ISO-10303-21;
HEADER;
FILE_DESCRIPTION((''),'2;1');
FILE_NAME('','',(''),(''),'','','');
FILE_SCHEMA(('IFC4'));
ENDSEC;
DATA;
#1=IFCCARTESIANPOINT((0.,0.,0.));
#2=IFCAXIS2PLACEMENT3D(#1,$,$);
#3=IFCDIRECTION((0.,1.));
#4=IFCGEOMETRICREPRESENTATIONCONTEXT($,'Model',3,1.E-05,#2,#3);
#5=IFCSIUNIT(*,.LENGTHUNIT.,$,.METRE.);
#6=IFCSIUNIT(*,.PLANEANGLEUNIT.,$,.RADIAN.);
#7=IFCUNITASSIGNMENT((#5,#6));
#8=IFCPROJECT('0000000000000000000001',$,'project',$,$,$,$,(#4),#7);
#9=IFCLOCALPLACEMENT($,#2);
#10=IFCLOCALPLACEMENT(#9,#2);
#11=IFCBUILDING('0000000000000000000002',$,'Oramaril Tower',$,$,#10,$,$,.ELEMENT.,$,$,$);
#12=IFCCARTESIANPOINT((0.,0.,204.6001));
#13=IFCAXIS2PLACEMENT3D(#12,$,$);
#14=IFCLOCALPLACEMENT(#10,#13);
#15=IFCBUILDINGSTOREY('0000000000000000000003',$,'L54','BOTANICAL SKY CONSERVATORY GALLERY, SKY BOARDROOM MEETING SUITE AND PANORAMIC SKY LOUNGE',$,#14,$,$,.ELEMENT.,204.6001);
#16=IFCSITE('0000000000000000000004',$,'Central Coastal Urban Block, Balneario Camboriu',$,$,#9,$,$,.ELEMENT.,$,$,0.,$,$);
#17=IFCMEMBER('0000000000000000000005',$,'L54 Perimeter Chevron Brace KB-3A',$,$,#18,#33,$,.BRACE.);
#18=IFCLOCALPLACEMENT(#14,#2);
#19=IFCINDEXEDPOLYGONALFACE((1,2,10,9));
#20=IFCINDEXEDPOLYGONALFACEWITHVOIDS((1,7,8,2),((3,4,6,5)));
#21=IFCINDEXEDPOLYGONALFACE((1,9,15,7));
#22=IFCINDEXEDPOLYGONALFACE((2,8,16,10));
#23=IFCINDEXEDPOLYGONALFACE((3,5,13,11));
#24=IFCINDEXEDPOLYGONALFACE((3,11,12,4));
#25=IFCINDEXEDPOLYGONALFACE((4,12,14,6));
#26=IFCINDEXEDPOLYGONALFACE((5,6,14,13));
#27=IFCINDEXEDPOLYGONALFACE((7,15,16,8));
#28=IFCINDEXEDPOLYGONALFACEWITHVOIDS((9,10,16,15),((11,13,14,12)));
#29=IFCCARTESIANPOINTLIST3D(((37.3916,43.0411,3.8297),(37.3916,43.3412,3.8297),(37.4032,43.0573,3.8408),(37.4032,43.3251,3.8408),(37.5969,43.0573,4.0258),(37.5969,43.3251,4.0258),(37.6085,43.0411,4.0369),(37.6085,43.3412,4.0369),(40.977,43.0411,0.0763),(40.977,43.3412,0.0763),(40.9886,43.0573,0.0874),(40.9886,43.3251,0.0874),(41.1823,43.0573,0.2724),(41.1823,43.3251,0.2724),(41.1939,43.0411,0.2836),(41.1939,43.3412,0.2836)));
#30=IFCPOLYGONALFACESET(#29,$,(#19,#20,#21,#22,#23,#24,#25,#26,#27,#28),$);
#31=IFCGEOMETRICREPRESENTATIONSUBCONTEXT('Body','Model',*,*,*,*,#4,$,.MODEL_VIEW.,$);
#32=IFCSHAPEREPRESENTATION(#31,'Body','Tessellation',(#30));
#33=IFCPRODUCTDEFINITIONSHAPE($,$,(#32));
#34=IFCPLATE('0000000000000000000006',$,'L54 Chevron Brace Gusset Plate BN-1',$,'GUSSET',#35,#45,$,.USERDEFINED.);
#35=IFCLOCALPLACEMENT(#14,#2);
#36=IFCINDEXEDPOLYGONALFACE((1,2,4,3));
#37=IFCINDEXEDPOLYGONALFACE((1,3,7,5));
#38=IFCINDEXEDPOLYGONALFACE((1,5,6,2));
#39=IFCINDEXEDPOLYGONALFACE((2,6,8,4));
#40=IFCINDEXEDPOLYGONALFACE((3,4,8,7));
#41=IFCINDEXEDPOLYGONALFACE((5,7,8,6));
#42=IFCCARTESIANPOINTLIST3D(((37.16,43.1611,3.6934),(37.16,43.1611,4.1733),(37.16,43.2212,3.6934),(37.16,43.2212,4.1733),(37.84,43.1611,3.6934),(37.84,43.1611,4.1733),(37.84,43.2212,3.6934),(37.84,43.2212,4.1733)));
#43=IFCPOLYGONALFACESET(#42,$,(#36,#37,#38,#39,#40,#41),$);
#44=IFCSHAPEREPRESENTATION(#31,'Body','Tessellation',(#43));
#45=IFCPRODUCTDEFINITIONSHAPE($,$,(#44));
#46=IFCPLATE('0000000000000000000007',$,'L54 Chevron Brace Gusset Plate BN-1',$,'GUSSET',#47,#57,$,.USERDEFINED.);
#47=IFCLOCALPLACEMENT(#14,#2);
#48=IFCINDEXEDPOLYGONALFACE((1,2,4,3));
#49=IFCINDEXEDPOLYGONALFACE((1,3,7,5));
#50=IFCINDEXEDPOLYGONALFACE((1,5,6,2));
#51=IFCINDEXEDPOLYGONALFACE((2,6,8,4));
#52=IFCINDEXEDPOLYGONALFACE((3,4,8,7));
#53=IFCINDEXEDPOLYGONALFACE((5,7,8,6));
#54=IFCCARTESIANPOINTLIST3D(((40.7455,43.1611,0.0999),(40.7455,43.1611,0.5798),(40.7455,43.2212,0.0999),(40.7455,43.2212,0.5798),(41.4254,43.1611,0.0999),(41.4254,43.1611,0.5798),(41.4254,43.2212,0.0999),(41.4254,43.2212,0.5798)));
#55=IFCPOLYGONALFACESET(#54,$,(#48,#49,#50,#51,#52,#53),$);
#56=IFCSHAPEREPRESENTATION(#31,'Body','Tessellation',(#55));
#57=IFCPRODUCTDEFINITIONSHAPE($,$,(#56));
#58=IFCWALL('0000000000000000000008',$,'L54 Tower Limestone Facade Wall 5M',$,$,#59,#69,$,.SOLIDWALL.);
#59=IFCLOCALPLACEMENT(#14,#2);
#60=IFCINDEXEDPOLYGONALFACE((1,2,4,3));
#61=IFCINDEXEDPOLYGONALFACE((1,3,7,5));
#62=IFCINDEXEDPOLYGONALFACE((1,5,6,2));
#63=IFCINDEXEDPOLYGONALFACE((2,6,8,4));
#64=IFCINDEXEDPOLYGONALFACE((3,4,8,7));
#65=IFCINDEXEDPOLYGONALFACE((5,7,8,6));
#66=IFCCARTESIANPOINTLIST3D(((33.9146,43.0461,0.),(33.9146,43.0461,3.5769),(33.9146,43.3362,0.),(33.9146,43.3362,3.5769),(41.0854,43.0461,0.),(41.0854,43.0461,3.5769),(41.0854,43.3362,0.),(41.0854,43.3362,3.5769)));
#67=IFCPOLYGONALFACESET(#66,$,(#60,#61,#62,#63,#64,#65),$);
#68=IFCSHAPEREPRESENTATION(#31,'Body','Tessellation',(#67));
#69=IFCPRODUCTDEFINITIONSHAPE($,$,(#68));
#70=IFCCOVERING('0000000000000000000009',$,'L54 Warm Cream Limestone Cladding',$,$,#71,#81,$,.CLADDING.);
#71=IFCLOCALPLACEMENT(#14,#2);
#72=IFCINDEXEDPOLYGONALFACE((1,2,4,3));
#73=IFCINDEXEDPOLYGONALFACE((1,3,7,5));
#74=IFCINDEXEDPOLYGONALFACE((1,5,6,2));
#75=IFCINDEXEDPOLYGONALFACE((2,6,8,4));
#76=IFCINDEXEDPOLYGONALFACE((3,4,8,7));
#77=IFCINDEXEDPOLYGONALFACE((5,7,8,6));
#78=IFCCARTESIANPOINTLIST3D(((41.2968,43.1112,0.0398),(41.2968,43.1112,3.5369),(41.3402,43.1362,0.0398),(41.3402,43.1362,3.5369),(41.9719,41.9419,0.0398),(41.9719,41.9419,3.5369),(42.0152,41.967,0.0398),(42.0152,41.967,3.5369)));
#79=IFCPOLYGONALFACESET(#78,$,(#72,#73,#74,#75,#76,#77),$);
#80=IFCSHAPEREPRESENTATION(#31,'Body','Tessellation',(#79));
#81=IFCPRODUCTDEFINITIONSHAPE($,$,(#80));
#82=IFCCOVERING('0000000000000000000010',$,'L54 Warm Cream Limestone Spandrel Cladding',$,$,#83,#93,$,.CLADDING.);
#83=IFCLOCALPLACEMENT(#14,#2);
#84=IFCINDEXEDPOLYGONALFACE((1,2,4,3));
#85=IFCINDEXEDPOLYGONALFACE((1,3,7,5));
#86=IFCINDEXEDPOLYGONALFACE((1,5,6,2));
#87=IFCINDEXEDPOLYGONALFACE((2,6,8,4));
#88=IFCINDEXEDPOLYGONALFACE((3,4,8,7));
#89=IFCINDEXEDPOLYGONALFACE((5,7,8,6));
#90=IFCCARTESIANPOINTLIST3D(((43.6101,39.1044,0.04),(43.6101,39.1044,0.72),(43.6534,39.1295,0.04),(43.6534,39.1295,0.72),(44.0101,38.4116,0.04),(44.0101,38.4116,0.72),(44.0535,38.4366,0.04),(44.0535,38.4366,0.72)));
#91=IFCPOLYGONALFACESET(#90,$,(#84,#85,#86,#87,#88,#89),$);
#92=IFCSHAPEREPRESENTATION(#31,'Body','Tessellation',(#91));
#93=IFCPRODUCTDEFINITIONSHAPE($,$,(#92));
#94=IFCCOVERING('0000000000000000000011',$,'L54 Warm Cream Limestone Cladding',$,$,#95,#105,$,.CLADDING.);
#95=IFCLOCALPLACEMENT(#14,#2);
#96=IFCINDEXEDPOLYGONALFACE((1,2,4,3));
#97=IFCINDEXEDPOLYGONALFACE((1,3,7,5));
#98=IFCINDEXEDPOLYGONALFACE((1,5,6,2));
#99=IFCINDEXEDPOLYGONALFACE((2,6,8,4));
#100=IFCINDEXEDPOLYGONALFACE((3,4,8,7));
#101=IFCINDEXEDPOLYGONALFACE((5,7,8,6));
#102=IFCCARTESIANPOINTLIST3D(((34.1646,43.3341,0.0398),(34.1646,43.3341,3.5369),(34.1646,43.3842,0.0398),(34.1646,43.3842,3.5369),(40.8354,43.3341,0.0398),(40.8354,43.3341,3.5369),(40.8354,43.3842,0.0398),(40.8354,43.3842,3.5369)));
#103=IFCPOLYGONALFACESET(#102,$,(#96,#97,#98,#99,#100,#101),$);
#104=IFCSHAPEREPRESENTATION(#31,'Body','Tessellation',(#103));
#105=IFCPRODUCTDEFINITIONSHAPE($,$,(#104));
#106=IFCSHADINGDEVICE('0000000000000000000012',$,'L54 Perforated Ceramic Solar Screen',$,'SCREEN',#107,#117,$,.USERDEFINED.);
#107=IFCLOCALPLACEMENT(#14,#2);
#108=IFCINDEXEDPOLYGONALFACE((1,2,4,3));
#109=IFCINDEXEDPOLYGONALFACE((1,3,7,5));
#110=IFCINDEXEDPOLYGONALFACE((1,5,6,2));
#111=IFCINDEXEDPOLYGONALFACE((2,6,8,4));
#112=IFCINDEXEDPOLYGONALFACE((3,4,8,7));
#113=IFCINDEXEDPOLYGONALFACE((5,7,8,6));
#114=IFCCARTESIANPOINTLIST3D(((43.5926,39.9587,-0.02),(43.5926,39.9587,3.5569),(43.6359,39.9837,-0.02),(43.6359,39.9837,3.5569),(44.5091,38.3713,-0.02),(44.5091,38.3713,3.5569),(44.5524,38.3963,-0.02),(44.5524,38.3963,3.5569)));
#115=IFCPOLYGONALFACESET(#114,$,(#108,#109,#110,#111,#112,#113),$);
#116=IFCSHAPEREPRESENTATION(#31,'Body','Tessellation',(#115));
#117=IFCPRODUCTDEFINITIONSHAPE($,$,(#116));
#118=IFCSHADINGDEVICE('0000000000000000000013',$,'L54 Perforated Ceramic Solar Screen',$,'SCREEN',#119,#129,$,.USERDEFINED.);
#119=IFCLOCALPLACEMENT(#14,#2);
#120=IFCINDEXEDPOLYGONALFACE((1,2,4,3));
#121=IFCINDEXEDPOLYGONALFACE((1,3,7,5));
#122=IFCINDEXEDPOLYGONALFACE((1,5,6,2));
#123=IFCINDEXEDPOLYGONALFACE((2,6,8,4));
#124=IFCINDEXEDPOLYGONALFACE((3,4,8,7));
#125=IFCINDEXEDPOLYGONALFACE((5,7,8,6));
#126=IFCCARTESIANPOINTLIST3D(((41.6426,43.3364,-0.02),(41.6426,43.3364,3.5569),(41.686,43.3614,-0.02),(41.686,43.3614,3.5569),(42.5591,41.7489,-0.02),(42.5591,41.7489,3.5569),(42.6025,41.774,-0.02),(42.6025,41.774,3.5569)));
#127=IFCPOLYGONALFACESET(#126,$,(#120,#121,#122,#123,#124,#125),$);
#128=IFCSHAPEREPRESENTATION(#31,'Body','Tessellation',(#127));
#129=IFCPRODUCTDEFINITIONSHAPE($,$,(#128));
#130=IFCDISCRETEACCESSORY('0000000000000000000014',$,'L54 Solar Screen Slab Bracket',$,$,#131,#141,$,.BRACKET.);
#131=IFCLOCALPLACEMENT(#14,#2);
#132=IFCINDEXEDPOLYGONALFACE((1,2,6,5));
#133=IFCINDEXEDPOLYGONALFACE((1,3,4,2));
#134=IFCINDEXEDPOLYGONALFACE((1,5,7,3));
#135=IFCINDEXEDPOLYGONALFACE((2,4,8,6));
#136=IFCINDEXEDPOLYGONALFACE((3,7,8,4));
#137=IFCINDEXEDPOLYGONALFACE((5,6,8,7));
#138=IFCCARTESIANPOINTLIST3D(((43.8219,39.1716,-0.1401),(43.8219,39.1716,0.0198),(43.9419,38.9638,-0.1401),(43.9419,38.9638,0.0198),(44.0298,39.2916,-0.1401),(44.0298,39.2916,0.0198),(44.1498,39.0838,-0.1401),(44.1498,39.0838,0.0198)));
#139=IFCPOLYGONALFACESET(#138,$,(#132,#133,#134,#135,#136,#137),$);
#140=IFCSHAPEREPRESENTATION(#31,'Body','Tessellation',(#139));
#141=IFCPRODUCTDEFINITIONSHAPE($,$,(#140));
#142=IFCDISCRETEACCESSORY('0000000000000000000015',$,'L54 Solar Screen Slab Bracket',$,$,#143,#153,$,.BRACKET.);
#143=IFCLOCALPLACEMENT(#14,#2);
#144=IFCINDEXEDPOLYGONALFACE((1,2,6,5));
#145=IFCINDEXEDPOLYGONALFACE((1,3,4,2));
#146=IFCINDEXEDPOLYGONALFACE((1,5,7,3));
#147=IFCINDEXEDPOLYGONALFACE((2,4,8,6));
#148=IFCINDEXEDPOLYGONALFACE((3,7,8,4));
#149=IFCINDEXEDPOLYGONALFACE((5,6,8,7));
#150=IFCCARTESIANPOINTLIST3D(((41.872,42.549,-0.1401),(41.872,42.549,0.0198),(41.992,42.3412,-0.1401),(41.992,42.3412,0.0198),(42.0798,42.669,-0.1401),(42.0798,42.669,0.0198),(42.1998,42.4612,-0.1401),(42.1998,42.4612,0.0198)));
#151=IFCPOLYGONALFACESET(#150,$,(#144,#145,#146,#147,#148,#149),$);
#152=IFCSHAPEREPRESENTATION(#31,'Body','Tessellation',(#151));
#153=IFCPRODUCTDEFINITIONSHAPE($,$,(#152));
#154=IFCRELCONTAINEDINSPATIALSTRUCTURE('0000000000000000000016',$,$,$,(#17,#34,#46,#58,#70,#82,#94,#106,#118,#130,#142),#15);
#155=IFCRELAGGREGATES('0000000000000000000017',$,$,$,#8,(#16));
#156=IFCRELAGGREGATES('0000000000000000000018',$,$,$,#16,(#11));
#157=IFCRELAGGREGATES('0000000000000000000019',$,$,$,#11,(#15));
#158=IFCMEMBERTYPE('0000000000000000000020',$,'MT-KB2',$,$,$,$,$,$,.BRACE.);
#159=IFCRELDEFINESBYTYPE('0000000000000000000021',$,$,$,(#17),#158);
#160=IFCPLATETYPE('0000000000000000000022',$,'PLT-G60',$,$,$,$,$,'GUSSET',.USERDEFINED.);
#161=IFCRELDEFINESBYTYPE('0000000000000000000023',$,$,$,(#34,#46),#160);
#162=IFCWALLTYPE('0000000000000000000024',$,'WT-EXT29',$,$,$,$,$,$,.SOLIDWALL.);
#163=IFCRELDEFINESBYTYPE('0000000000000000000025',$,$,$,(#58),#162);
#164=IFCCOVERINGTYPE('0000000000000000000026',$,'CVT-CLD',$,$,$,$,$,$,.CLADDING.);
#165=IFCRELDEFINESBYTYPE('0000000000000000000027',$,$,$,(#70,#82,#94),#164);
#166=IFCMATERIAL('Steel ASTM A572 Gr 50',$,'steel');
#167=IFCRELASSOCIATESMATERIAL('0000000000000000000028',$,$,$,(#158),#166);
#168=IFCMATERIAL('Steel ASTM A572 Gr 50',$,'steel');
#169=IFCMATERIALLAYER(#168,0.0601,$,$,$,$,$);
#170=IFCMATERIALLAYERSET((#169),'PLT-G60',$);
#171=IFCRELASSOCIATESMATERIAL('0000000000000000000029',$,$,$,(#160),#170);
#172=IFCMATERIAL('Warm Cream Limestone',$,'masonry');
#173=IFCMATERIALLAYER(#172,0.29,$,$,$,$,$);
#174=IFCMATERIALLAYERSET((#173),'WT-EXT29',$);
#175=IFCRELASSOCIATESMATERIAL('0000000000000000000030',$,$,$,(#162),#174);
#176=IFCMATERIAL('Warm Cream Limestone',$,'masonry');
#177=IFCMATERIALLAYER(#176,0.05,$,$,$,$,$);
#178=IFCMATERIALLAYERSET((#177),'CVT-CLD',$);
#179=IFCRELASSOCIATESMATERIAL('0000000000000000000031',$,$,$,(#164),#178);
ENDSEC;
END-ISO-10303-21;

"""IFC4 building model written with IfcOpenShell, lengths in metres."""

from ifc_helpers import new_model, si_unit, direction, frame, frame_2d, origin, origin_2d, place, context, subcontext, project, spatial, rectangle, hollow_rectangle, extrude, material, layer, layer_set, material_profile, profile_set, type_object, element, save


model = new_model("IFC4")

# Units and contexts
model_context = context("Model", 3, precision=1e-05, world=origin(), true_north=direction((0.0, 1.0)))
body_context = subcontext(model_context, "Body", "Model", "MODEL_VIEW")
ifc_project = project(units=[si_unit("LENGTHUNIT", "METRE"), si_unit("PLANEANGLEUNIT", "RADIAN")], contexts=[model_context])

# Site, building, storey
site_placement = place(None, origin())
site = spatial("IfcSite", under=ifc_project, at=site_placement, Name="Central Coastal Urban Block, Balneario Camboriu", CompositionType="ELEMENT", RefElevation=0.0)
building_placement = place(site_placement, origin())
building = spatial("IfcBuilding", under=site, at=building_placement, Name="Oramaril Tower", CompositionType="ELEMENT")
storey_placement = place(building_placement, frame((0.0, 0.0, 204.6001)))
storey = spatial("IfcBuildingStorey", under=building, at=storey_placement, Name="L54", Description="BOTANICAL SKY CONSERVATORY GALLERY, SKY BOARDROOM MEETING SUITE AND PANORAMIC SKY LOUNGE", CompositionType="ELEMENT", Elevation=204.6001)

# Member
ifc_material_1 = material(Name="Steel ASTM A572 Gr 50", Category="steel")
ifc_material_profile_1 = material_profile(ifc_material_1, hollow_rectangle(XDim=0.3, YDim=0.3, WallThickness=0.0161, at=origin_2d()), Name="HSS300X300X16")
ifc_profile_set_1 = profile_set([ifc_material_profile_1], Name="Steel ASTM A572 Gr 50")
member_type = type_object("IfcMemberType", Name="MT-KB2", PredefinedType="BRACE", material=ifc_profile_set_1)
member_placement = place(storey_placement, frame((41.0854, 43.1912, 0.1799), z_axis=(-0.690742, 0.0, 0.723101), x_axis=(0.0, -1.0, 0.0)))
element("IfcMember", 1, at=member_placement, inside=storey, type_object=member_type, Name="L54 Perimeter Chevron Brace KB-3A", PredefinedType="BRACE", context=body_context, shape_type="SweptSolid", body=[
    extrude(hollow_rectangle(XDim=0.3, YDim=0.3, WallThickness=0.0161, at=origin_2d()), origin(), (0.0, 0.0, 1.0), 5.1907),
])

# Plates
ifc_material_2 = material(Name="Steel ASTM A572 Gr 50", Category="steel")
ifc_layer_1 = layer(ifc_material_2, 0.0601)
ifc_layer_set_1 = layer_set([ifc_layer_1], Name="PLT-G60")
plate_type = type_object("IfcPlateType", Name="PLT-G60", ElementType="GUSSET", PredefinedType="USERDEFINED", material=ifc_layer_set_1)
for number, where, z_axis, x_axis, name in (
    (2, (37.5, 43.1912, 3.6934), (0.0, 0.0, 1.0), (-1.0, 0.0, 0.0), "L54 Chevron Brace Gusset Plate BN-1"),
    (3, (41.0854, 43.1912, 0.0999), (0.0, 0.0, 1.0), (-1.0, 0.0, 0.0), "L54 Chevron Brace Gusset Plate BN-1"),
):
    element("IfcPlate", number, at=place(storey_placement, frame(where, z_axis=z_axis, x_axis=x_axis)), inside=storey, type_object=plate_type, Name=name, ObjectType="GUSSET", PredefinedType="USERDEFINED", context=body_context, shape_type="SweptSolid", body=[
        extrude(rectangle(XDim=0.6799, YDim=0.0601, at=origin_2d()), origin(), (0.0, 0.0, 1.0), 0.48),
    ])

# Wall
ifc_material_3 = material(Name="Warm Cream Limestone", Category="masonry")
ifc_layer_2 = layer(ifc_material_3, 0.29)
ifc_layer_set_2 = layer_set([ifc_layer_2], Name="WT-EXT29")
wall_type = type_object("IfcWallType", Name="WT-EXT29", PredefinedType="SOLIDWALL", material=ifc_layer_set_2)
wall_placement = place(storey_placement, frame((41.0854, 43.1912, 0.0), z_axis=(0.0, 0.0, 1.0), x_axis=(-1.0, 0.0, 0.0)))
element("IfcWall", 4, at=wall_placement, inside=storey, type_object=wall_type, Name="L54 Tower Limestone Facade Wall 5M", PredefinedType="SOLIDWALL", context=body_context, shape_type="SweptSolid", body=[
    extrude(rectangle(XDim=7.1709, YDim=0.29, at=frame_2d((3.5854, 0.0))), origin(), (0.0, 0.0, 1.0), 3.5769),
])

# Coverings
ifc_material_4 = material(Name="Warm Cream Limestone", Category="masonry")
ifc_layer_3 = layer(ifc_material_4, 0.05)
ifc_layer_set_3 = layer_set([ifc_layer_3], Name="CVT-CLD")
covering_type = type_object("IfcCoveringType", Name="CVT-CLD", PredefinedType="CLADDING", material=ifc_layer_set_3)
covering_1_placement = place(storey_placement, frame((41.656, 42.5391, 0.0398), z_axis=(0.0, 0.0, 1.0), x_axis=(-0.5, 0.866025, 0.0)))
element("IfcCovering", 5, at=covering_1_placement, inside=storey, type_object=covering_type, Name="L54 Warm Cream Limestone Cladding", PredefinedType="CLADDING", context=body_context, shape_type="SweptSolid", body=[
    extrude(rectangle(XDim=1.3501, YDim=0.05, at=origin_2d()), origin(), (0.0, 0.0, 1.0), 3.4971),
])
covering_2_placement = place(storey_placement, frame((43.8318, 38.7705, 0.04), z_axis=(0.0, 0.0, 1.0), x_axis=(-0.5, 0.866025, 0.0)))
element("IfcCovering", 6, at=covering_2_placement, inside=storey, type_object=covering_type, Name="L54 Warm Cream Limestone Spandrel Cladding", PredefinedType="CLADDING", context=body_context, shape_type="SweptSolid", body=[
    extrude(rectangle(XDim=0.8, YDim=0.05, at=origin_2d()), origin(), (0.0, 0.0, 1.0), 0.6799),
])
covering_3_placement = place(storey_placement, frame((37.5, 43.3591, 0.0398), z_axis=(0.0, 0.0, 1.0), x_axis=(-1.0, 0.0, 0.0)))
element("IfcCovering", 7, at=covering_3_placement, inside=storey, type_object=covering_type, Name="L54 Warm Cream Limestone Cladding", PredefinedType="CLADDING", context=body_context, shape_type="SweptSolid", body=[
    extrude(rectangle(XDim=6.6709, YDim=0.05, at=origin_2d()), origin(), (0.0, 0.0, 1.0), 3.4971),
])

# Shading devices
for number, where, z_axis, x_axis, name in (
    (8, (44.0725, 39.1775, -0.02), (0.0, 0.0, 1.0), (-0.500002, 0.866025, 0.0), "L54 Perforated Ceramic Solar Screen"),
    (9, (42.1226, 42.5552, -0.02), (0.0, 0.0, 1.0), (-0.500002, 0.866025, 0.0), "L54 Perforated Ceramic Solar Screen"),
):
    element("IfcShadingDevice", number, at=place(storey_placement, frame(where, z_axis=z_axis, x_axis=x_axis)), inside=storey, Name=name, ObjectType="SCREEN", PredefinedType="USERDEFINED", context=body_context, shape_type="SweptSolid", body=[
        extrude(rectangle(XDim=1.833, YDim=0.05, at=origin_2d()), origin(), (0.0, 0.0, 1.0), 3.5769),
    ])

# Discrete accessories
for number, where, z_axis, x_axis, name in (
    (10, (43.9858, 39.1277, -0.1401), (0.0, 0.0, 1.0), (-0.500002, 0.866025, 0.0), "L54 Solar Screen Slab Bracket"),
    (11, (42.0359, 42.5051, -0.1401), (0.0, 0.0, 1.0), (-0.500002, 0.866025, 0.0), "L54 Solar Screen Slab Bracket"),
):
    element("IfcDiscreteAccessory", number, at=place(storey_placement, frame(where, z_axis=z_axis, x_axis=x_axis)), inside=storey, Name=name, PredefinedType="BRACKET", context=body_context, shape_type="SweptSolid", body=[
        extrude(rectangle(XDim=0.24, YDim=0.24, at=origin_2d()), origin(), (0.0, 0.0, 1.0), 0.1599),
    ])

save(model, "model.ifc")
